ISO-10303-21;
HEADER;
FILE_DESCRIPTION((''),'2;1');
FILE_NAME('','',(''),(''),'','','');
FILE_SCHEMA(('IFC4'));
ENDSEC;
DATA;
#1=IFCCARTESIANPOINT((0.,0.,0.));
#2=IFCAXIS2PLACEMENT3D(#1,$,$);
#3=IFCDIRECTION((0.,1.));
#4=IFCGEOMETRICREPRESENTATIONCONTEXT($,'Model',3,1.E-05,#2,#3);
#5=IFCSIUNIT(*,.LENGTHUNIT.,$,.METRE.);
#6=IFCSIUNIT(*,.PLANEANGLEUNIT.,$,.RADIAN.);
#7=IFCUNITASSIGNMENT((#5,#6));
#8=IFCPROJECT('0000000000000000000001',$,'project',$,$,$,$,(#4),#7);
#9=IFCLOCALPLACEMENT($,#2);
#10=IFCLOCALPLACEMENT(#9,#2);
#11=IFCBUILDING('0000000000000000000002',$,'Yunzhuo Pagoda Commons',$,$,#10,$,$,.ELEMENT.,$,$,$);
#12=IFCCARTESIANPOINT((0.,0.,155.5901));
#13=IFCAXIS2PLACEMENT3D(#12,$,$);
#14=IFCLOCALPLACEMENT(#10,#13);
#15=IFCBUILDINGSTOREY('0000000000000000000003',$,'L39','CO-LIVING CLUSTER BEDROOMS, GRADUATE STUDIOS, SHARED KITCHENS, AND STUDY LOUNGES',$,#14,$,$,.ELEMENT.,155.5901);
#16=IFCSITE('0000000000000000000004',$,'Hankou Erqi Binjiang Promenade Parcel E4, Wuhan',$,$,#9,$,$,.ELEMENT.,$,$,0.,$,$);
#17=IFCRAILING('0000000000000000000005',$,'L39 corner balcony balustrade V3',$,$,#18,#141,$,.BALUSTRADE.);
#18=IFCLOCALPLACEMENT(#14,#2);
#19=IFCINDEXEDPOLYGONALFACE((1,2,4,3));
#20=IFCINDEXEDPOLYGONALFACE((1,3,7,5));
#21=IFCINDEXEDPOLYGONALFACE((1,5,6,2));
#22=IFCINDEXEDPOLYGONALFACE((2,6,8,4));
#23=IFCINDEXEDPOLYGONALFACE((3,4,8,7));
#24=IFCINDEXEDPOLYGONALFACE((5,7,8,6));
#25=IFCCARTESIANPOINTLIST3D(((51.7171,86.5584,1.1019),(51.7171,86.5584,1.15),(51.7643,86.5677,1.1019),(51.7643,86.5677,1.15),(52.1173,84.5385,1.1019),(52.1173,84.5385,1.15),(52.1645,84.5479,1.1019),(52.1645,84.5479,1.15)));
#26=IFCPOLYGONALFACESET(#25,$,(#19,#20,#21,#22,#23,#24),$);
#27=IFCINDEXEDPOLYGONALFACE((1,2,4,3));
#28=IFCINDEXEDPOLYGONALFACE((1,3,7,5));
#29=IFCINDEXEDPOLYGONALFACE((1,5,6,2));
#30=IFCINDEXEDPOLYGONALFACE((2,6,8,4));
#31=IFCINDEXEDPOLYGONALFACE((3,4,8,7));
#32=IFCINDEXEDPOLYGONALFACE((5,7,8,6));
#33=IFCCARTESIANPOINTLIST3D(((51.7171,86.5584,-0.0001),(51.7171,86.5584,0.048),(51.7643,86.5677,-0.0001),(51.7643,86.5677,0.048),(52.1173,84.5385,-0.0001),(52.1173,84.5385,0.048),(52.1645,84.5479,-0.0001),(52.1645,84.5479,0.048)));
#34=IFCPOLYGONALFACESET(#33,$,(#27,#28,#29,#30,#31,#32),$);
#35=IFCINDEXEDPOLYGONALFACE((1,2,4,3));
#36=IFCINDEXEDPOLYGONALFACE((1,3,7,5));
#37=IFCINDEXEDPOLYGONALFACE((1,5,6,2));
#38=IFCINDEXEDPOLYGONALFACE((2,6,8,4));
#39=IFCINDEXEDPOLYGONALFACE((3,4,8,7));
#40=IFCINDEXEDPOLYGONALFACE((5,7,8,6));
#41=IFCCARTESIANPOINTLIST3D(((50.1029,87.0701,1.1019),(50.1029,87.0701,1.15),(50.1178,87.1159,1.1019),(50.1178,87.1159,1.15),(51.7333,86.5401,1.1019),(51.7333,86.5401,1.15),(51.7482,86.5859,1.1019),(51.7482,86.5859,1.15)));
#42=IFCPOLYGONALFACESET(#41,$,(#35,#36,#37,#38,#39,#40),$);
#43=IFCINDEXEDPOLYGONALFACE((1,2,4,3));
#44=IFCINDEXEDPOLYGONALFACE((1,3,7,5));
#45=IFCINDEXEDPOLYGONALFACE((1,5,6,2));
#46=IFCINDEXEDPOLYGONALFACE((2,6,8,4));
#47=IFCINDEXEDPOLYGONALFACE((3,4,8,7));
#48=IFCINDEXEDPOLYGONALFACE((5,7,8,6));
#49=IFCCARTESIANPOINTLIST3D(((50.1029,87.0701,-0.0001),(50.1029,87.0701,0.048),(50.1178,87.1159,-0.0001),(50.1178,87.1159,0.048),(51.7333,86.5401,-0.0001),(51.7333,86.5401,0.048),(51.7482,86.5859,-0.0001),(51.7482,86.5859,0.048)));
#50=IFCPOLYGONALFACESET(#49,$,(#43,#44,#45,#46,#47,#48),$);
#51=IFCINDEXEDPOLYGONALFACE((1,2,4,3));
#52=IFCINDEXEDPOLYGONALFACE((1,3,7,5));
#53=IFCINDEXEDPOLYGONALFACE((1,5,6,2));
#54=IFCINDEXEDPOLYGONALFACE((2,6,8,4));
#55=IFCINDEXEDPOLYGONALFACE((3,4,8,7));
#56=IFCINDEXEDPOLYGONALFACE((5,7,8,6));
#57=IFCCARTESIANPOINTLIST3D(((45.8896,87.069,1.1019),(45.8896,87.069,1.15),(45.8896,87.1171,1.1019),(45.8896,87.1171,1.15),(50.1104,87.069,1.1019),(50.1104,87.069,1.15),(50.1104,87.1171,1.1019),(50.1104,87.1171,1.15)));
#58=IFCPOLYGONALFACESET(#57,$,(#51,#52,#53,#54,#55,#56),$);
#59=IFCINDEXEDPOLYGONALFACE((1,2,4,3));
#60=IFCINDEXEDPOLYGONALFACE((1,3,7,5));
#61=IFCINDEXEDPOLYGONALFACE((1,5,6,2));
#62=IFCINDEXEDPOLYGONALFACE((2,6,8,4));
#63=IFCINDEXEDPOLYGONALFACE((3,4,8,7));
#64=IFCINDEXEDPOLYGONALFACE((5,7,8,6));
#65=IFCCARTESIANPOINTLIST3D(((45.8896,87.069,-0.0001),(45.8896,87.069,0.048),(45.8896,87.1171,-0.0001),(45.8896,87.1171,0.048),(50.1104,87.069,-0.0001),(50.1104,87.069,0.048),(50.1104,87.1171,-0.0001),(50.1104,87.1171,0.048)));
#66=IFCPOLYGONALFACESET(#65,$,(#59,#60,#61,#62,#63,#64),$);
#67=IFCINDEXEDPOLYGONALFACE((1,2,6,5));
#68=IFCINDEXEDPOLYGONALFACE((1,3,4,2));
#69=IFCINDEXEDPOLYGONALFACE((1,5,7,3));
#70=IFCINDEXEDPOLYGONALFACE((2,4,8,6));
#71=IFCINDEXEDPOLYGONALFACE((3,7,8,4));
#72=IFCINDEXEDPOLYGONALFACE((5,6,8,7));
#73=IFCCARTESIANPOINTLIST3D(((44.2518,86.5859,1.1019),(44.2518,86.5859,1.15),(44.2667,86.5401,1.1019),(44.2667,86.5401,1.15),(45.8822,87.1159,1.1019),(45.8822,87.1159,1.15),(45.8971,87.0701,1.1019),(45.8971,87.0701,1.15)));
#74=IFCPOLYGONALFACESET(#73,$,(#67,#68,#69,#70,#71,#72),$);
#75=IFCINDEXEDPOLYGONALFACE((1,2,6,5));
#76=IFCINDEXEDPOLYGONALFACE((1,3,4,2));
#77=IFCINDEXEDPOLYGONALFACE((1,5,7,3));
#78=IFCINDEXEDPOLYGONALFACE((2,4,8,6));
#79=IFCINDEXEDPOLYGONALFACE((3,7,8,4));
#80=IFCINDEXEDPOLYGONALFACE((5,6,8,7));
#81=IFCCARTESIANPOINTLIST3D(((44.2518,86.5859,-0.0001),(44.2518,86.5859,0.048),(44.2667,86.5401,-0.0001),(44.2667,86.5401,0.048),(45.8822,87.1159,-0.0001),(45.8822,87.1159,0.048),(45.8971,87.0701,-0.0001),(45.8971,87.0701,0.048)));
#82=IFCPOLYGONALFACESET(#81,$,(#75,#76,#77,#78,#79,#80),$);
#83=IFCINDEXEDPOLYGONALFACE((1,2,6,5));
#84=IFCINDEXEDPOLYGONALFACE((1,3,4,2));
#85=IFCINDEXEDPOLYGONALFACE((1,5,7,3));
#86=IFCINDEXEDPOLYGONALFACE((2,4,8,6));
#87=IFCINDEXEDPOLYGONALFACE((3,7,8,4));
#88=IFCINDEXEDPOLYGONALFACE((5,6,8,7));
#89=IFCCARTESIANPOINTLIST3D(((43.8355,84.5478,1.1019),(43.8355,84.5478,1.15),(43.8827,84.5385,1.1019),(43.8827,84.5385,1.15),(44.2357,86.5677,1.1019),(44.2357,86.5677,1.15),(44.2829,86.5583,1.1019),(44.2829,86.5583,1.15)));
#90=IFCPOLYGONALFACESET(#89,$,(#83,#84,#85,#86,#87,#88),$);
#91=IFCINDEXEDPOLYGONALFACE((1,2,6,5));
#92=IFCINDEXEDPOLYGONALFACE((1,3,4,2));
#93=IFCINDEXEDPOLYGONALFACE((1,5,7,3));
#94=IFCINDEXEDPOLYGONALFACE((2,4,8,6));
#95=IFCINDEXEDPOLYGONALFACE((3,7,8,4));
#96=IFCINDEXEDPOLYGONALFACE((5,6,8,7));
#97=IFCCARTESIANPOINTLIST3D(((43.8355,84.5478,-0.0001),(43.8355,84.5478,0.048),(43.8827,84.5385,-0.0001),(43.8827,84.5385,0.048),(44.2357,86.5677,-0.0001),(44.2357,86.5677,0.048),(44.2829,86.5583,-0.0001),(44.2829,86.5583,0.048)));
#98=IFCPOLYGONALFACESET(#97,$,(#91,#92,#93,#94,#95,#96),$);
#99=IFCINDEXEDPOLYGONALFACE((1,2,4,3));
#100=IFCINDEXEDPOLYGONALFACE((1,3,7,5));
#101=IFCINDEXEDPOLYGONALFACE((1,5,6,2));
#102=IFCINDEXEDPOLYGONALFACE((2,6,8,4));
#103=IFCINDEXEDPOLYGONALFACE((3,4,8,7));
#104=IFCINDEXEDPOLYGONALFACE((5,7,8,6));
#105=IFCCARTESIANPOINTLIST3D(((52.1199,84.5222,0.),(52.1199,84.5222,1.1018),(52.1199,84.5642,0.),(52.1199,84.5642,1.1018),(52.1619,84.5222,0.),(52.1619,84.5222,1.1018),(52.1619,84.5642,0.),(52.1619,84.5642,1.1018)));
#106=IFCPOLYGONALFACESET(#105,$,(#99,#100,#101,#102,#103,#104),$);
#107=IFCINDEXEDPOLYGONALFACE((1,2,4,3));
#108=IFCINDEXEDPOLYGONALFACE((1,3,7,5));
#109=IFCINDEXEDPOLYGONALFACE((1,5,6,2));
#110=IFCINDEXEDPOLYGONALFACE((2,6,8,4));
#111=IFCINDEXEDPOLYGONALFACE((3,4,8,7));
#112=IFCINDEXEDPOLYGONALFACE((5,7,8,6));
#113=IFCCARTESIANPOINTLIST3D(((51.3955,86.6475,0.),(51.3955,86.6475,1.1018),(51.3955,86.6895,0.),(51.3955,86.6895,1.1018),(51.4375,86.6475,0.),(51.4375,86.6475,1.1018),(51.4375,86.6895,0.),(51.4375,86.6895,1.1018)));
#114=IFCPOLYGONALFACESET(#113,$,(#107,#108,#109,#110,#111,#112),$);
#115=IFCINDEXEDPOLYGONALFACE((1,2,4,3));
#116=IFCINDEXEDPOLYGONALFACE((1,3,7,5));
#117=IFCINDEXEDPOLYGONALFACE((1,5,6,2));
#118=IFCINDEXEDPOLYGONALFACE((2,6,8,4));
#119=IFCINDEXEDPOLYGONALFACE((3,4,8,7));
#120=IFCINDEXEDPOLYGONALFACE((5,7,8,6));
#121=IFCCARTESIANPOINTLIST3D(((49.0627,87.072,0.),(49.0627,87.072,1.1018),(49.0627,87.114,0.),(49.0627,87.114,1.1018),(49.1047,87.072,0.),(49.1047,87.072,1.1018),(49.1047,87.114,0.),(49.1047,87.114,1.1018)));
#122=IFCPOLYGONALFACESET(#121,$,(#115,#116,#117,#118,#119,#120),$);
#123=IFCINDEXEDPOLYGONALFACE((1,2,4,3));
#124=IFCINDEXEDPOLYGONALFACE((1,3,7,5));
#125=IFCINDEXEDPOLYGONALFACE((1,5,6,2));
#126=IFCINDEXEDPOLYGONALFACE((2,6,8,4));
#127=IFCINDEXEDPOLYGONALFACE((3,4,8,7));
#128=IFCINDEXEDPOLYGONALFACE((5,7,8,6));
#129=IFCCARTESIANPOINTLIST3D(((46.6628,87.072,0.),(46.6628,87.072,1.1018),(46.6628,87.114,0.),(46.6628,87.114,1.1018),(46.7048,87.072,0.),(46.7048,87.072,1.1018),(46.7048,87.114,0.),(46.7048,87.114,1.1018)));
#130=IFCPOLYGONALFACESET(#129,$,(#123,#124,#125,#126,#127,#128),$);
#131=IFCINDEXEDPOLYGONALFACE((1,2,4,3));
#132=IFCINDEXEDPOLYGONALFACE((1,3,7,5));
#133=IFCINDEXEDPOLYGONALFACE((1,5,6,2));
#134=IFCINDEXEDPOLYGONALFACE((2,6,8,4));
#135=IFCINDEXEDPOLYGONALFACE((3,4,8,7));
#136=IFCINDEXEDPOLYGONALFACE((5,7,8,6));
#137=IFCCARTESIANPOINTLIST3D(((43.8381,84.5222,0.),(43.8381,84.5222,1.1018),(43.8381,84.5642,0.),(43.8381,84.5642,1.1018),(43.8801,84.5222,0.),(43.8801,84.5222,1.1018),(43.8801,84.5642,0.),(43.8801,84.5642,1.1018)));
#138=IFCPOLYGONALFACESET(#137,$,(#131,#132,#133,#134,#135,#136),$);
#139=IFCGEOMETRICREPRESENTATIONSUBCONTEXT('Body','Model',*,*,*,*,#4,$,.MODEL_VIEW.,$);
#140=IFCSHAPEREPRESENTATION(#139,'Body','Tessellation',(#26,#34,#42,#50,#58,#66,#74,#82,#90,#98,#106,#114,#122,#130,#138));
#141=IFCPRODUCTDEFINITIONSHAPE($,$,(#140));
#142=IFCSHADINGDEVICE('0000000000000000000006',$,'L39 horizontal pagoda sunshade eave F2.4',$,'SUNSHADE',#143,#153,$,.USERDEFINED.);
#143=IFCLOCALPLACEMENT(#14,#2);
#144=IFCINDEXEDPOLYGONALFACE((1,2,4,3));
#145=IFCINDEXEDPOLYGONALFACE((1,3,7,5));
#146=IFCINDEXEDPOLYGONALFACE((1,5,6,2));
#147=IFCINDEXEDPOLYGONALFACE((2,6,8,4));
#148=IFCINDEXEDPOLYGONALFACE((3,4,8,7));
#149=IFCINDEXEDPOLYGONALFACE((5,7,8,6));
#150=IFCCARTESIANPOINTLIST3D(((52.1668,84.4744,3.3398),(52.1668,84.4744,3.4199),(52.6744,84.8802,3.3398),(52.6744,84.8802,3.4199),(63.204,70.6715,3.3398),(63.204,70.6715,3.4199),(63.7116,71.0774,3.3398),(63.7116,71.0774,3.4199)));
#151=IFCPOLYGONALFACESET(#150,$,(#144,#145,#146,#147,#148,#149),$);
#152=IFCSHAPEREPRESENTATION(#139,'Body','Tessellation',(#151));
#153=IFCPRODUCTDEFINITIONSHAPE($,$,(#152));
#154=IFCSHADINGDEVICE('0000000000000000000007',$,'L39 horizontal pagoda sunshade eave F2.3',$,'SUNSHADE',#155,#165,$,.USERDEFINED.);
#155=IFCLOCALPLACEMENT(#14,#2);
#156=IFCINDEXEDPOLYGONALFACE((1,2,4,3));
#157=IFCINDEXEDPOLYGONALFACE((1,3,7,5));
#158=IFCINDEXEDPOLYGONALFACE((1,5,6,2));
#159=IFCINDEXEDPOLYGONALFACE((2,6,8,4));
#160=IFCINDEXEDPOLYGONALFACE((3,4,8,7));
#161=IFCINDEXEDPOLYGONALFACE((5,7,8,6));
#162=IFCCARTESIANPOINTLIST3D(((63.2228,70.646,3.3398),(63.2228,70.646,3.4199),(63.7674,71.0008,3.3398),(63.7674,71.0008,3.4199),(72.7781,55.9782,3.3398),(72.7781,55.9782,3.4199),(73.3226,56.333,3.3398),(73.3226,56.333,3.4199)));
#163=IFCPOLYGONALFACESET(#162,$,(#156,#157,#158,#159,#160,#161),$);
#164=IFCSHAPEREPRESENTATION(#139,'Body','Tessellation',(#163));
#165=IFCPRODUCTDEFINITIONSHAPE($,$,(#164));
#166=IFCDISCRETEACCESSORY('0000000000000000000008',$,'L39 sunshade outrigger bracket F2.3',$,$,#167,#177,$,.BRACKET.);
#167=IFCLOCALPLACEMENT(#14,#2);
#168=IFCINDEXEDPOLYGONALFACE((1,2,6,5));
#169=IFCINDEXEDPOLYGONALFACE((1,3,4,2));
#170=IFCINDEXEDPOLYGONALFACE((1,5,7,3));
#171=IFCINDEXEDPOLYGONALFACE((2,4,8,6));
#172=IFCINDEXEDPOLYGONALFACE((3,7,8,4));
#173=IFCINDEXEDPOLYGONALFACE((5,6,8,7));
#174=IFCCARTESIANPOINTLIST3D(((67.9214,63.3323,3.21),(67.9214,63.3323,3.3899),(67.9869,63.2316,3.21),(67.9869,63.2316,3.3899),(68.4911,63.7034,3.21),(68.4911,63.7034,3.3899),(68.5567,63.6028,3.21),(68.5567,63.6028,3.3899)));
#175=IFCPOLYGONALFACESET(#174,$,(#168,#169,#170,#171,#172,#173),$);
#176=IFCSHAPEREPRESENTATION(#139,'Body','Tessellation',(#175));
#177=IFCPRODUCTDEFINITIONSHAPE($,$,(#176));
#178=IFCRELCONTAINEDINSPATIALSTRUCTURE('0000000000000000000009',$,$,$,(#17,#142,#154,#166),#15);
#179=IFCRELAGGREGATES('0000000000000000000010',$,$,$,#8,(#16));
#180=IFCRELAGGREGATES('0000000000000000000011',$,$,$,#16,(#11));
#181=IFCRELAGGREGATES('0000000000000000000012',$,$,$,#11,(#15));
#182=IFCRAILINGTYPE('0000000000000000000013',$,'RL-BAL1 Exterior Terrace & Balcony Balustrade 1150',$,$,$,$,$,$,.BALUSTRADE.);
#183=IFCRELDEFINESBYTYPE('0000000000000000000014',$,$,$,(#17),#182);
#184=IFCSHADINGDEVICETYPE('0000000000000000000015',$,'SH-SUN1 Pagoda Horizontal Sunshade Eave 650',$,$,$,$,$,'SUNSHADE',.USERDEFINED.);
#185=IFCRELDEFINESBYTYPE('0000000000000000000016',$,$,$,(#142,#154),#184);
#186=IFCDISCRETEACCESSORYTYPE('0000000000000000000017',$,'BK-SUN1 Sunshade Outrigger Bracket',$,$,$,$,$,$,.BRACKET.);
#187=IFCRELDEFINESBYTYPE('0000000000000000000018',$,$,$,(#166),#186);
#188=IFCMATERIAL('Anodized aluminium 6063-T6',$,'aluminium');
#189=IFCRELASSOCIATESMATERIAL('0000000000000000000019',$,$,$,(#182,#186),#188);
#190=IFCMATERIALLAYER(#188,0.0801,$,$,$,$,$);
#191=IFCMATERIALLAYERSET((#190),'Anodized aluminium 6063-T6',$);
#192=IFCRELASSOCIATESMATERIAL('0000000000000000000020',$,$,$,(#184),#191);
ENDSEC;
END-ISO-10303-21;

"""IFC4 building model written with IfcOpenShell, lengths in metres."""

from ifc_helpers import new_model, si_unit, direction, frame, origin, origin_2d, place, context, subcontext, project, spatial, rectangle, extrude, source, transform, mapped, material, layer, layer_set, type_object, element, save


model = new_model("IFC4")

# Units and contexts
model_context = context("Model", 3, precision=1e-05, world=origin(), true_north=direction((0.0, 1.0)))
body_context = subcontext(model_context, "Body", "Model", "MODEL_VIEW")
ifc_project = project(units=[si_unit("LENGTHUNIT", "METRE"), si_unit("PLANEANGLEUNIT", "RADIAN")], contexts=[model_context])

# Site, building, storey
site_placement = place(None, origin())
site = spatial("IfcSite", under=ifc_project, at=site_placement, Name="Hankou Erqi Binjiang Promenade Parcel E4, Wuhan", CompositionType="ELEMENT", RefElevation=0.0)
building_placement = place(site_placement, origin())
building = spatial("IfcBuilding", under=site, at=building_placement, Name="Yunzhuo Pagoda Commons", CompositionType="ELEMENT")
storey_placement = place(building_placement, frame((0.0, 0.0, 155.5901)))
storey = spatial("IfcBuildingStorey", under=building, at=storey_placement, Name="L39", Description="CO-LIVING CLUSTER BEDROOMS, GRADUATE STUDIOS, SHARED KITCHENS, AND STUDY LOUNGES", CompositionType="ELEMENT", Elevation=155.5901)

# Shared definitions
ifc_material_1 = material(Name="Anodized aluminium 6063-T6", Category="aluminium")

# Railing
railing_type_1 = type_object("IfcRailingType", Name="RL-BAL1 Exterior Terrace & Balcony Balustrade 1150", PredefinedType="BALUSTRADE", material=ifc_material_1)
railing_1_placement = place(storey_placement, frame((52.1409, 84.5432, 0.0)))
element("IfcRailing", 1, at=railing_1_placement, inside=storey, type_object=railing_type_1, Name="L39 corner balcony balustrade V3", PredefinedType="BALUSTRADE", context=body_context, shape_type="SweptSolid", body=[
    extrude(rectangle(XDim=0.0481, YDim=0.0481, at=origin_2d()), frame((0.0, 0.0, 1.126), z_axis=(-0.194337, 0.980935, 0.0), x_axis=(-0.980935, -0.194337, 0.0)), (0.0, 0.0, 1.0), 2.0591),
    extrude(rectangle(XDim=0.0481, YDim=0.0481, at=origin_2d()), frame((0.0, 0.0, 0.0239), z_axis=(-0.194337, 0.980935, 0.0), x_axis=(-0.980935, -0.194337, 0.0)), (0.0, 0.0, 1.0), 2.0591),
    extrude(rectangle(XDim=0.0481, YDim=0.0481, at=origin_2d()), frame((-0.4001, 2.0198, 1.126), z_axis=(-0.951007, 0.30917, 0.0), x_axis=(-0.30917, -0.951007, 0.0)), (0.0, 0.0, 1.0), 1.7144),
    extrude(rectangle(XDim=0.0481, YDim=0.0481, at=origin_2d()), frame((-0.4001, 2.0198, 0.0239), z_axis=(-0.951007, 0.30917, 0.0), x_axis=(-0.30917, -0.951007, 0.0)), (0.0, 0.0, 1.0), 1.7144),
    extrude(rectangle(XDim=0.0481, YDim=0.0481, at=origin_2d()), frame((-2.0305, 2.5498, 1.126), z_axis=(-1.0, 0.0, 0.0), x_axis=(0.0, -1.0, 0.0)), (0.0, 0.0, 1.0), 4.2207),
    extrude(rectangle(XDim=0.0481, YDim=0.0481, at=origin_2d()), frame((-2.0305, 2.5498, 0.0239), z_axis=(-1.0, 0.0, 0.0), x_axis=(0.0, -1.0, 0.0)), (0.0, 0.0, 1.0), 4.2207),
    extrude(rectangle(XDim=0.0481, YDim=0.0481, at=origin_2d()), frame((-6.2512, 2.5498, 1.126), z_axis=(-0.951007, -0.30917, 0.0), x_axis=(0.30917, -0.951007, 0.0)), (0.0, 0.0, 1.0), 1.7144),
    extrude(rectangle(XDim=0.0481, YDim=0.0481, at=origin_2d()), frame((-6.2512, 2.5498, 0.0239), z_axis=(-0.951007, -0.30917, 0.0), x_axis=(0.30917, -0.951007, 0.0)), (0.0, 0.0, 1.0), 1.7144),
    extrude(rectangle(XDim=0.0481, YDim=0.0481, at=origin_2d()), frame((-7.8816, 2.0198, 1.126), z_axis=(-0.194337, -0.980935, 0.0), x_axis=(0.980935, -0.194337, 0.0)), (0.0, 0.0, 1.0), 2.0591),
    extrude(rectangle(XDim=0.0481, YDim=0.0481, at=origin_2d()), frame((-7.8816, 2.0198, 0.0239), z_axis=(-0.194337, -0.980935, 0.0), x_axis=(0.980935, -0.194337, 0.0)), (0.0, 0.0, 1.0), 2.0591),
    extrude(rectangle(XDim=0.042, YDim=0.042, at=origin_2d()), origin(), (0.0, 0.0, 1.0), 1.1018),
    extrude(rectangle(XDim=0.042, YDim=0.042, at=origin_2d()), frame((-0.7244, 2.1252, 0.0)), (0.0, 0.0, 1.0), 1.1018),
    extrude(rectangle(XDim=0.042, YDim=0.042, at=origin_2d()), frame((-3.0571, 2.5498, 0.0)), (0.0, 0.0, 1.0), 1.1018),
    extrude(rectangle(XDim=0.042, YDim=0.042, at=origin_2d()), frame((-5.457, 2.5498, 0.0)), (0.0, 0.0, 1.0), 1.1018),
    extrude(rectangle(XDim=0.042, YDim=0.042, at=origin_2d()), frame((-8.2817, 0.0, 0.0)), (0.0, 0.0, 1.0), 1.1018),
])

# Shading devices
ifc_layer_1 = layer(ifc_material_1, 0.0801)
ifc_layer_set_1 = layer_set([ifc_layer_1], Name="Anodized aluminium 6063-T6")
shading_device_type = type_object("IfcShadingDeviceType", Name="SH-SUN1 Pagoda Horizontal Sunshade Eave 650", ElementType="SUNSHADE", PredefinedType="USERDEFINED", material=ifc_layer_set_1)
shared_shape_1 = source(origin(), body_context, "Body", "SweptSolid", [
    extrude(rectangle(XDim=17.6731, YDim=0.6499, at=origin_2d()), origin(), (0.0, 0.0, 1.0), 0.0801),
])
shading_device_1_placement = place(storey_placement, frame((57.9392, 77.7759, 3.3398), z_axis=(0.0, 0.0, 1.0), x_axis=(-0.62452, 0.781008, 0.0)))
element("IfcShadingDevice", 2, at=shading_device_1_placement, inside=storey, type_object=shading_device_type, Name="L39 horizontal pagoda sunshade eave F2.4", ObjectType="SUNSHADE", PredefinedType="USERDEFINED", context=body_context, shape_type="MappedRepresentation", body=[
    mapped(shared_shape_1, transform((0.0, 0.0, 0.0), scale=1.0)),
])
shared_shape_2 = source(origin(), body_context, "Body", "SweptSolid", [
    extrude(rectangle(XDim=17.5056, YDim=0.6499, at=origin_2d()), origin(), (0.0, 0.0, 1.0), 0.0801),
])
shading_device_2_placement = place(storey_placement, frame((68.2727, 63.4895, 3.3398), z_axis=(0.0, 0.0, 1.0), x_axis=(-0.545839, 0.83789, 0.0)))
element("IfcShadingDevice", 3, at=shading_device_2_placement, inside=storey, type_object=shading_device_type, Name="L39 horizontal pagoda sunshade eave F2.3", ObjectType="SUNSHADE", PredefinedType="USERDEFINED", context=body_context, shape_type="MappedRepresentation", body=[
    mapped(shared_shape_2, transform((0.0, 0.0, 0.0), scale=1.0)),
])

# Discrete accessory
discrete_accessory_type = type_object("IfcDiscreteAccessoryType", Name="BK-SUN1 Sunshade Outrigger Bracket", PredefinedType="BRACKET", material=ifc_material_1)
shared_shape_3 = source(origin(), body_context, "Body", "SweptSolid", [
    extrude(rectangle(XDim=0.1201, YDim=0.6799, at=origin_2d()), origin(), (0.0, 0.0, 1.0), 0.1799),
])
discrete_accessory_placement = place(storey_placement, frame((68.239, 63.4675, 3.21), z_axis=(0.0, 0.0, 1.0), x_axis=(-0.545839, 0.83789, 0.0)))
element("IfcDiscreteAccessory", 4, at=discrete_accessory_placement, inside=storey, type_object=discrete_accessory_type, Name="L39 sunshade outrigger bracket F2.3", PredefinedType="BRACKET", context=body_context, shape_type="MappedRepresentation", body=[
    mapped(shared_shape_3, transform((0.0, 0.0, 0.0), scale=1.0)),
])

save(model, "model.ifc")
